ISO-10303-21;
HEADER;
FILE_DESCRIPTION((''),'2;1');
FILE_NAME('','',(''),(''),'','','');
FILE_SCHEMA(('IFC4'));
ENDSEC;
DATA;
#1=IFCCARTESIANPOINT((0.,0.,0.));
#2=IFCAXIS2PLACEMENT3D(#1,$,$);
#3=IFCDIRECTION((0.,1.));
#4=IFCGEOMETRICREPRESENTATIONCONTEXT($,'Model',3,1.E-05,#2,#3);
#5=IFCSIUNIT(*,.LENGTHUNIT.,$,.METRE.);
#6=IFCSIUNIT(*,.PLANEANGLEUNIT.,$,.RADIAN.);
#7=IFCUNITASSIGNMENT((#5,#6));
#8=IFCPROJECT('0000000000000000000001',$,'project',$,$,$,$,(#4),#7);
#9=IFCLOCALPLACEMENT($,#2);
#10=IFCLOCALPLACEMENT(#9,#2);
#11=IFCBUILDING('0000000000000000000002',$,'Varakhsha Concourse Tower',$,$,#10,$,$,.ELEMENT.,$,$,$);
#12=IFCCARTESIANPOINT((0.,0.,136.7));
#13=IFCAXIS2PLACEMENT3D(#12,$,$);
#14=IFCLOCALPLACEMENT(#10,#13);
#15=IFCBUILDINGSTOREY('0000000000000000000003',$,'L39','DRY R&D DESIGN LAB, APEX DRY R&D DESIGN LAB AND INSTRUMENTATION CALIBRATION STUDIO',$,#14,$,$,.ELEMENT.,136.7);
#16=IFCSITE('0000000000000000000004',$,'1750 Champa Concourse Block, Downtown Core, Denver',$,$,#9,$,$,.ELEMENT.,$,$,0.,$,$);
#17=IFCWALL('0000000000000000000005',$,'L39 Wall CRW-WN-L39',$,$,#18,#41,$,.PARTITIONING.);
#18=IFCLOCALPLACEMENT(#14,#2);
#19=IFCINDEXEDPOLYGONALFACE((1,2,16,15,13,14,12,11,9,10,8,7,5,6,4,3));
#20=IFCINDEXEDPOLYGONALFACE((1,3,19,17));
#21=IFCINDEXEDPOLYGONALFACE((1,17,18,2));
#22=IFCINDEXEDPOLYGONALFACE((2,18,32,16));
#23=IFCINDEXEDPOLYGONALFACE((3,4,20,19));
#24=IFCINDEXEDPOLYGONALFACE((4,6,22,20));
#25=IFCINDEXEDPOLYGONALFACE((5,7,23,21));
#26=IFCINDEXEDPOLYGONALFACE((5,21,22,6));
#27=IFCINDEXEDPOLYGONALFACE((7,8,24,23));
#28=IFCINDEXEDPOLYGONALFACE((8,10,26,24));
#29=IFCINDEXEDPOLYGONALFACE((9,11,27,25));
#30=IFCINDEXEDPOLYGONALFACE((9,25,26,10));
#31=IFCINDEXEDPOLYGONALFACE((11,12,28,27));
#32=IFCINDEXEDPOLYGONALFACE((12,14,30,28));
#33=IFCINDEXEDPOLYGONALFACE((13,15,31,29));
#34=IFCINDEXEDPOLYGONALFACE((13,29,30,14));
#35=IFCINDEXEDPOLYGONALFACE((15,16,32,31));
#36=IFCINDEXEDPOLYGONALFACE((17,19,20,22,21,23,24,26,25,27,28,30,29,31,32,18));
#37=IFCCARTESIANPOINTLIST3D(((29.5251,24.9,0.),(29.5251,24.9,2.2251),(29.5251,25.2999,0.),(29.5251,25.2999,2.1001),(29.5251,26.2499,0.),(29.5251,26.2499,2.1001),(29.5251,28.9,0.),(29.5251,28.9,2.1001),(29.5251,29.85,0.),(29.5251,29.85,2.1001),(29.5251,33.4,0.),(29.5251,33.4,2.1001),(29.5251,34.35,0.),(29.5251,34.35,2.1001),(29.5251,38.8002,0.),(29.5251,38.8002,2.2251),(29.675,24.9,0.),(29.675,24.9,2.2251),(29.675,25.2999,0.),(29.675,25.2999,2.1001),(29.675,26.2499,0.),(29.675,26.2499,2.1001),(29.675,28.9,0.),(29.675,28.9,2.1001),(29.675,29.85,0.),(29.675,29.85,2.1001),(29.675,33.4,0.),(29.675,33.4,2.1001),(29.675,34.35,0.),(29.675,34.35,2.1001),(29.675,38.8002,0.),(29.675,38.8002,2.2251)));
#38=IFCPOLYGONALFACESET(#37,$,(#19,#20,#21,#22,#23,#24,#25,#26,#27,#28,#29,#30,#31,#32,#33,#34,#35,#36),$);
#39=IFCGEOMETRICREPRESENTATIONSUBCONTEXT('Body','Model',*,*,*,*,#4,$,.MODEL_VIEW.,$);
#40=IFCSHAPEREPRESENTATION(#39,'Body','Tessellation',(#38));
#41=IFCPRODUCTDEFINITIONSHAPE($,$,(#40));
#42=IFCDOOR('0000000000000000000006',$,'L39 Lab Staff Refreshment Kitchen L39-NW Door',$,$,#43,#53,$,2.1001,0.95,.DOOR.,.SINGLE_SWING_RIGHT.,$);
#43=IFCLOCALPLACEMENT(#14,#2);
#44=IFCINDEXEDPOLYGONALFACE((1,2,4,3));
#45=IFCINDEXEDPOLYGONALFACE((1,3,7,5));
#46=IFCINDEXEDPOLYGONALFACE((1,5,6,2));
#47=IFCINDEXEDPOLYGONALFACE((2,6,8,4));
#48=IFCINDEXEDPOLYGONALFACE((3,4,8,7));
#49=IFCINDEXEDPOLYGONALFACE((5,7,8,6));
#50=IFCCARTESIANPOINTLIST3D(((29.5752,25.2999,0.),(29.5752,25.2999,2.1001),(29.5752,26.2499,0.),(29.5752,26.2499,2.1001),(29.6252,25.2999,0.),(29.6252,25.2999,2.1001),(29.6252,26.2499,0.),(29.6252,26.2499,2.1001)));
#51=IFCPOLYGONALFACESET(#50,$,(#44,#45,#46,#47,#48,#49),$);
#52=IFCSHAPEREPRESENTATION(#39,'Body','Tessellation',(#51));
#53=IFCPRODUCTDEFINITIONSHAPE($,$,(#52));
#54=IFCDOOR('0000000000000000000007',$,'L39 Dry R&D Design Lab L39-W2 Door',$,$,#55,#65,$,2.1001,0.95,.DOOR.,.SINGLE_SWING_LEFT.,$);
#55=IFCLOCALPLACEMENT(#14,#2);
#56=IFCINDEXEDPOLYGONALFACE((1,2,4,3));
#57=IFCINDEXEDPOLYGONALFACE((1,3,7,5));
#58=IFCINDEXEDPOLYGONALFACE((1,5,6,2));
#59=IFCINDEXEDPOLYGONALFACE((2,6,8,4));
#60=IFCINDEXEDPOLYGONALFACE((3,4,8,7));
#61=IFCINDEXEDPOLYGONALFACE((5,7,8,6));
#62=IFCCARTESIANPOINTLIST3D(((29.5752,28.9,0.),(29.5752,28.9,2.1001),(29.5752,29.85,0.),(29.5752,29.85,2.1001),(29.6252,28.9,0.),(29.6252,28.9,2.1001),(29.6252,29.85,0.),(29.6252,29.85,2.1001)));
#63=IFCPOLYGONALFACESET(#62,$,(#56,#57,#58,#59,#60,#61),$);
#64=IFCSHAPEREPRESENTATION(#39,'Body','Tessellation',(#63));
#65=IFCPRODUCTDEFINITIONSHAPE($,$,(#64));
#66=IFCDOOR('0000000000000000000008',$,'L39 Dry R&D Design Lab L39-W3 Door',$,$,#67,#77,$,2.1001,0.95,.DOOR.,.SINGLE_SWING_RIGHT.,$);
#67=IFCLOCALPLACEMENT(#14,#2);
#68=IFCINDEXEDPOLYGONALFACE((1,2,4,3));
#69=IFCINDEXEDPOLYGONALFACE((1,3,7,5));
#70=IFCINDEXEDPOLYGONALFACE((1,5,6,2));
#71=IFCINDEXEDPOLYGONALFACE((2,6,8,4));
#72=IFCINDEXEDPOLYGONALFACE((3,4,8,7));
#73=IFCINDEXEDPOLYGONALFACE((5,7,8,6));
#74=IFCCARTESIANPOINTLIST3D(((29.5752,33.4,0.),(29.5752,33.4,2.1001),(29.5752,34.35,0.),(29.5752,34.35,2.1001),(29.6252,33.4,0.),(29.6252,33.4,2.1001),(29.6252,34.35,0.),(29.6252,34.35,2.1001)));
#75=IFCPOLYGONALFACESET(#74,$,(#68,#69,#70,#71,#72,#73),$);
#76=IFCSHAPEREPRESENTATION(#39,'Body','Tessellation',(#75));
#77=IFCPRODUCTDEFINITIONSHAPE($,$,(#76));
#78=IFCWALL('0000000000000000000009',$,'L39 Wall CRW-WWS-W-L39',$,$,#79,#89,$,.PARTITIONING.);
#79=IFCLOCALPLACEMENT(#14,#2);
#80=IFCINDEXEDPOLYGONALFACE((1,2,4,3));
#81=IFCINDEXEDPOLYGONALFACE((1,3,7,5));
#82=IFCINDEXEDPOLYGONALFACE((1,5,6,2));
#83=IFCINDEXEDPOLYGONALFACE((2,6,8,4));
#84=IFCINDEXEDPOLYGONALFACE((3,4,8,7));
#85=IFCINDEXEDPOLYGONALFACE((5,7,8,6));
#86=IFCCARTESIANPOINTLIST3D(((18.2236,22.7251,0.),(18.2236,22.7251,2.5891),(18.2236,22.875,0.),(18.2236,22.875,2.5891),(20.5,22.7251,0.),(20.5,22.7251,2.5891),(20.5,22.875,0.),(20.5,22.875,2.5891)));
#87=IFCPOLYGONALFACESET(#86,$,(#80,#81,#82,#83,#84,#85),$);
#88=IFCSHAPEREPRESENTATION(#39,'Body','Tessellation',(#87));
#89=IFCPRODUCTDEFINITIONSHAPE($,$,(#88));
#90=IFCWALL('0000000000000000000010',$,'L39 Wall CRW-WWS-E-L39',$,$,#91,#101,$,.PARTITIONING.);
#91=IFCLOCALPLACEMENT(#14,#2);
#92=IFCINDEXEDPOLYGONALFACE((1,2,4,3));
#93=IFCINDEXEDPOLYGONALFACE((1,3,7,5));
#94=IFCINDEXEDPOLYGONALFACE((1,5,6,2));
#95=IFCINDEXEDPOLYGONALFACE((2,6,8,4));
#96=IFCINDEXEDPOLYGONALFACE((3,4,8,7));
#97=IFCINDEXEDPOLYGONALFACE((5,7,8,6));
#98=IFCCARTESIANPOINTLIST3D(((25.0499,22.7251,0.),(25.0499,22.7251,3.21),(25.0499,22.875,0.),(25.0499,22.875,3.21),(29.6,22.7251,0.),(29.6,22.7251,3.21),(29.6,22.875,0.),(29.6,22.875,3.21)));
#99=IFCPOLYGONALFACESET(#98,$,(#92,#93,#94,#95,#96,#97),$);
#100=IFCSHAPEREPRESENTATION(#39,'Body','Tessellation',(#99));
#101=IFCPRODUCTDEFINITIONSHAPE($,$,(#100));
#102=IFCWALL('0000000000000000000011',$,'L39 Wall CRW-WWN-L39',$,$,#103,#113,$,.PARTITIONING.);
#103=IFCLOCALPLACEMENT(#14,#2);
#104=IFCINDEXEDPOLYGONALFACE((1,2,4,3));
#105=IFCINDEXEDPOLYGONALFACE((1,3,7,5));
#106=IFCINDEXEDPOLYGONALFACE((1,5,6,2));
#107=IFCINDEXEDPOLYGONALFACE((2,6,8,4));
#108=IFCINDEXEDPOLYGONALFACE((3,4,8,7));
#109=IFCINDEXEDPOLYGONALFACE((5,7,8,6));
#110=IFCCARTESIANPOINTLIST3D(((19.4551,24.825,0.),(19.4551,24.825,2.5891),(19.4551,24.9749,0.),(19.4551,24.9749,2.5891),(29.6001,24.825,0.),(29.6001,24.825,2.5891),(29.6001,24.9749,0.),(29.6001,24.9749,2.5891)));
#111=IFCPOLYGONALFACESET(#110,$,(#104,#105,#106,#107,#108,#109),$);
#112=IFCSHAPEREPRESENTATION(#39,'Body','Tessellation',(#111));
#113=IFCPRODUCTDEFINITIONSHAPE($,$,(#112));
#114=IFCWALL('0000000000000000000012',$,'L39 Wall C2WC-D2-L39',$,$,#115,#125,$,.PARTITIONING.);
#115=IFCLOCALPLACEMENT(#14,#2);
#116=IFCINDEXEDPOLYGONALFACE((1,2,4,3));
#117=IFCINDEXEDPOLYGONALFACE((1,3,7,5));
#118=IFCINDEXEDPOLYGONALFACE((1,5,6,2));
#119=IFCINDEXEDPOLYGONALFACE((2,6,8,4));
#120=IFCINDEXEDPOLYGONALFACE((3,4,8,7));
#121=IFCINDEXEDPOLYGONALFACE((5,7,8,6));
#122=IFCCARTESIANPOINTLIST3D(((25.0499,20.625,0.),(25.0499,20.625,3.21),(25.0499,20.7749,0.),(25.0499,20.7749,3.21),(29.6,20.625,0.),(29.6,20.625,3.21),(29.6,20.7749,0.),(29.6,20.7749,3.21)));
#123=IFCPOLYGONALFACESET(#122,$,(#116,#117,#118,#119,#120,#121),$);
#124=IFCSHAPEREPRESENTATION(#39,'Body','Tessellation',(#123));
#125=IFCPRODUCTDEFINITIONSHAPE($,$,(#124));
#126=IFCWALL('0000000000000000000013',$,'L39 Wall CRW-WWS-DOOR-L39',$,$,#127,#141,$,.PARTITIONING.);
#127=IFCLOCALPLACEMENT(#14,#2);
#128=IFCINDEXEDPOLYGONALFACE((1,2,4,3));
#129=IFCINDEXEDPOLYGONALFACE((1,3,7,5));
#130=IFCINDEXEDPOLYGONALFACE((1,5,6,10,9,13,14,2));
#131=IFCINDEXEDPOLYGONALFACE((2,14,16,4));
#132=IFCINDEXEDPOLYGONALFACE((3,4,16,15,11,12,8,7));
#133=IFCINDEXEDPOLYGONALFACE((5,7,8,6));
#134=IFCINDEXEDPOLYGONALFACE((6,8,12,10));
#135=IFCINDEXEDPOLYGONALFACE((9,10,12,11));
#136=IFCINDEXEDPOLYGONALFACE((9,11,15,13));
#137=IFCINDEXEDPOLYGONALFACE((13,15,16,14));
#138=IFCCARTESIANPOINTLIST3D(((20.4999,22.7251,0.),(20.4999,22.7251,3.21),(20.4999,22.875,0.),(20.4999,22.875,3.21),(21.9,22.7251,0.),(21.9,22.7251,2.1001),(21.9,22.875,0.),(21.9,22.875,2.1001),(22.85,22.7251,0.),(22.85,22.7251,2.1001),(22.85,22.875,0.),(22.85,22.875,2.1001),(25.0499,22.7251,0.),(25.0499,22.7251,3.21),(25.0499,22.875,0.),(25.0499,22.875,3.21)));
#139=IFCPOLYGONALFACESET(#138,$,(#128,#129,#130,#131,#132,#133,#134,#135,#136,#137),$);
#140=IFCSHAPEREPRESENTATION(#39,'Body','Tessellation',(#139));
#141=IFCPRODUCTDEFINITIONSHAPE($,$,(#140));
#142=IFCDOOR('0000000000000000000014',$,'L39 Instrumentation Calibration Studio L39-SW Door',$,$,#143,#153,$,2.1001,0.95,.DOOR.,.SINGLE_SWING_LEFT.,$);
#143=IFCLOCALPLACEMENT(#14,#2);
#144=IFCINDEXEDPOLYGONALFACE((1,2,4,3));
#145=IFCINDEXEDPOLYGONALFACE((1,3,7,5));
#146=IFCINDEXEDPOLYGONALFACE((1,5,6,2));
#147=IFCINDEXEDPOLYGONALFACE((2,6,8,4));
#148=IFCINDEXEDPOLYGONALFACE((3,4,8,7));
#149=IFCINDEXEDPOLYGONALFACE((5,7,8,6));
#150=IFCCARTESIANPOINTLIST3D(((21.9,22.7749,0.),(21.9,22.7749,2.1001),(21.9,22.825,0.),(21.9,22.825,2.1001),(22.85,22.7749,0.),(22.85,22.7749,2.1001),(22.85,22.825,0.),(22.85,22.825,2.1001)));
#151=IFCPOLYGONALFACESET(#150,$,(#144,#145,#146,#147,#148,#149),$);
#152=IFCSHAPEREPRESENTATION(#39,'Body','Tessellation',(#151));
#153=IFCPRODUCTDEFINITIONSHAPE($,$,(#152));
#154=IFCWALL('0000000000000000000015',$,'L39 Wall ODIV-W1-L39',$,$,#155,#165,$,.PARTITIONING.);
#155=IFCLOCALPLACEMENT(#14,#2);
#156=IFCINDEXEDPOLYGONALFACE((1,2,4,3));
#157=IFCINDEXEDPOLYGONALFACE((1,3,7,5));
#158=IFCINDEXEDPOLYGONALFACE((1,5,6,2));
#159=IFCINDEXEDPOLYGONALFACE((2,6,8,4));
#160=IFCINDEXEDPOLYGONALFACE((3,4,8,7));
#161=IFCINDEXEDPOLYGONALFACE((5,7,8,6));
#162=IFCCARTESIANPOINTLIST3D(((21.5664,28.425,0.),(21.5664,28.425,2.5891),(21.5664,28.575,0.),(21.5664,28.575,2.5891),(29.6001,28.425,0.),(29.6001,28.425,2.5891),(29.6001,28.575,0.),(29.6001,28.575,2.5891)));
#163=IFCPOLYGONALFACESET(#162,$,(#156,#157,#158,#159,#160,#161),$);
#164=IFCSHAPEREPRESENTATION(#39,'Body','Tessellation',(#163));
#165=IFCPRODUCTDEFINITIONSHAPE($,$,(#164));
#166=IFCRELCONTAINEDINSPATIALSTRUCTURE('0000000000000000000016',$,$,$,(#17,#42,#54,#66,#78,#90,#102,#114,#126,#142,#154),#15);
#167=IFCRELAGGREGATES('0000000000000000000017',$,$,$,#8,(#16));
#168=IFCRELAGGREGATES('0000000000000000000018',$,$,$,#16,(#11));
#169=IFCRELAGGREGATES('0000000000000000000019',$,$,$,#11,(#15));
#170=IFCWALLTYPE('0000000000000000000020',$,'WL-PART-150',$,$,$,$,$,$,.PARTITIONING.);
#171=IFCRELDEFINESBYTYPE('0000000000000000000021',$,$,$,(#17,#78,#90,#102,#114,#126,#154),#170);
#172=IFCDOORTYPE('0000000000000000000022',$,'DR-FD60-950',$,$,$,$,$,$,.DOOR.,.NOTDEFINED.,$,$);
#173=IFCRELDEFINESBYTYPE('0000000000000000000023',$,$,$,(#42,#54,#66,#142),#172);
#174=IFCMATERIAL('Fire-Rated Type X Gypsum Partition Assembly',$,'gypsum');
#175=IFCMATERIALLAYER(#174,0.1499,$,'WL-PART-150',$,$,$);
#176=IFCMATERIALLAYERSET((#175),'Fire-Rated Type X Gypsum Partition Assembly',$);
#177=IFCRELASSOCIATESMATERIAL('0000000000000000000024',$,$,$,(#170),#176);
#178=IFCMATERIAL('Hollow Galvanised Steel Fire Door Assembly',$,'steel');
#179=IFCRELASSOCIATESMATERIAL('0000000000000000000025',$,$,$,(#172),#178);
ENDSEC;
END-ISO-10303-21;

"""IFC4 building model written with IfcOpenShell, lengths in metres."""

from ifc_helpers import new_model, si_unit, direction, frame, frame_2d, origin, place, context, subcontext, project, spatial, rectangle, extrude, material, layer, layer_set, type_object, element, fill, save


model = new_model("IFC4")

# Units and contexts
model_context = context("Model", 3, precision=1e-05, world=origin(), true_north=direction((0.0, 1.0)))
body_context = subcontext(model_context, "Body", "Model", "MODEL_VIEW")
ifc_project = project(units=[si_unit("LENGTHUNIT", "METRE"), si_unit("PLANEANGLEUNIT", "RADIAN")], contexts=[model_context])

# Site, building, storey
site_placement = place(None, origin())
site = spatial("IfcSite", under=ifc_project, at=site_placement, Name="1750 Champa Concourse Block, Downtown Core, Denver", CompositionType="ELEMENT", RefElevation=0.0)
building_placement = place(site_placement, origin())
building = spatial("IfcBuilding", under=site, at=building_placement, Name="Varakhsha Concourse Tower", CompositionType="ELEMENT")
storey_placement = place(building_placement, frame((0.0, 0.0, 136.7)))
storey = spatial("IfcBuildingStorey", under=building, at=storey_placement, Name="L39", Description="DRY R&D DESIGN LAB, APEX DRY R&D DESIGN LAB AND INSTRUMENTATION CALIBRATION STUDIO", CompositionType="ELEMENT", Elevation=136.7)

# Wall, openings, doors
ifc_material_1 = material(Name="Fire-Rated Type X Gypsum Partition Assembly", Category="gypsum")
ifc_layer_1 = layer(ifc_material_1, 0.1499, Name="WL-PART-150")
ifc_layer_set_1 = layer_set([ifc_layer_1], Name="Fire-Rated Type X Gypsum Partition Assembly")
wall_type_1 = type_object("IfcWallType", Name="WL-PART-150", PredefinedType="PARTITIONING", material=ifc_layer_set_1)
wall_1_placement = place(storey_placement, frame((29.6001, 24.8999, 0.0), z_axis=(0.0, 0.0, 1.0), x_axis=(0.0, 1.0, 0.0)))
wall_1 = element("IfcWall", 1, at=wall_1_placement, inside=storey, type_object=wall_type_1, Name="L39 Wall CRW-WN-L39", PredefinedType="PARTITIONING", context=body_context, shape_type="SweptSolid", body=[
    extrude(rectangle(XDim=13.9001, YDim=0.1499, at=frame_2d((6.9502, 0.0))), origin(), (0.0, 0.0, 1.0), 2.2251),
])
opening_1_placement = place(wall_1_placement, frame((0.3999, 0.0, 0.0)))
opening_1 = element("IfcOpeningElement", 2, at=opening_1_placement, cuts=wall_1, PredefinedType="OPENING", context=body_context, shape_type="SweptSolid", body=[
    extrude(rectangle(XDim=0.95, YDim=2.1001, at=frame_2d((0.4751, 1.05))), frame((0.0, 0.085, 0.0), z_axis=(0.0, -1.0, 0.0), x_axis=(1.0, 0.0, 0.0)), (0.0, 0.0, 1.0), 0.1699),
])
opening_2_placement = place(wall_1_placement, frame((4.0, 0.0, 0.0)))
opening_2 = element("IfcOpeningElement", 3, at=opening_2_placement, cuts=wall_1, PredefinedType="OPENING", context=body_context, shape_type="SweptSolid", body=[
    extrude(rectangle(XDim=0.95, YDim=2.1001, at=frame_2d((0.4751, 1.05))), frame((0.0, 0.085, 0.0), z_axis=(0.0, -1.0, 0.0), x_axis=(1.0, 0.0, 0.0)), (0.0, 0.0, 1.0), 0.1699),
])
opening_3_placement = place(wall_1_placement, frame((8.5, 0.0, 0.0)))
opening_3 = element("IfcOpeningElement", 4, at=opening_3_placement, cuts=wall_1, PredefinedType="OPENING", context=body_context, shape_type="SweptSolid", body=[
    extrude(rectangle(XDim=0.95, YDim=2.1001, at=frame_2d((0.4751, 1.05))), frame((0.0, 0.085, 0.0), z_axis=(0.0, -1.0, 0.0), x_axis=(1.0, 0.0, 0.0)), (0.0, 0.0, 1.0), 0.1699),
])
ifc_material_2 = material(Name="Hollow Galvanised Steel Fire Door Assembly", Category="steel")
door_type_1 = type_object("IfcDoorType", Name="DR-FD60-950", OperationType="NOTDEFINED", PredefinedType="DOOR", material=ifc_material_2)
door_1_placement = place(opening_1_placement, origin())
door_1 = element("IfcDoor", 5, at=door_1_placement, inside=storey, type_object=door_type_1, Name="L39 Lab Staff Refreshment Kitchen L39-NW Door", OperationType="SINGLE_SWING_RIGHT", OverallHeight=2.1001, OverallWidth=0.95, PredefinedType="DOOR", context=body_context, shape_type="SweptSolid", body=[
    extrude(rectangle(XDim=0.95, YDim=2.1001, at=frame_2d((0.4751, 1.05))), frame((0.0, 0.0249, 0.0), z_axis=(0.0, -1.0, 0.0), x_axis=(1.0, 0.0, 0.0)), (0.0, 0.0, 1.0), 0.05),
])
fill(opening_1, door_1)
door_2_placement = place(opening_2_placement, origin())
door_2 = element("IfcDoor", 6, at=door_2_placement, inside=storey, type_object=door_type_1, Name="L39 Dry R&D Design Lab L39-W2 Door", OperationType="SINGLE_SWING_LEFT", OverallHeight=2.1001, OverallWidth=0.95, PredefinedType="DOOR", context=body_context, shape_type="SweptSolid", body=[
    extrude(rectangle(XDim=0.95, YDim=2.1001, at=frame_2d((0.4751, 1.05))), frame((0.0, 0.0249, 0.0), z_axis=(0.0, -1.0, 0.0), x_axis=(1.0, 0.0, 0.0)), (0.0, 0.0, 1.0), 0.05),
])
fill(opening_2, door_2)
door_3_placement = place(opening_3_placement, origin())
door_3 = element("IfcDoor", 7, at=door_3_placement, inside=storey, type_object=door_type_1, Name="L39 Dry R&D Design Lab L39-W3 Door", OperationType="SINGLE_SWING_RIGHT", OverallHeight=2.1001, OverallWidth=0.95, PredefinedType="DOOR", context=body_context, shape_type="SweptSolid", body=[
    extrude(rectangle(XDim=0.95, YDim=2.1001, at=frame_2d((0.4751, 1.05))), frame((0.0, 0.0249, 0.0), z_axis=(0.0, -1.0, 0.0), x_axis=(1.0, 0.0, 0.0)), (0.0, 0.0, 1.0), 0.05),
])
fill(opening_3, door_3)

# Walls
wall_2_placement = place(storey_placement, frame((18.2236, 22.8, 0.0), z_axis=(0.0, 0.0, 1.0), x_axis=(1.0, 0.0, 0.0)))
element("IfcWall", 8, at=wall_2_placement, inside=storey, type_object=wall_type_1, Name="L39 Wall CRW-WWS-W-L39", PredefinedType="PARTITIONING", context=body_context, shape_type="SweptSolid", body=[
    extrude(rectangle(XDim=2.2764, YDim=0.1499, at=frame_2d((1.1382, 0.0))), origin(), (0.0, 0.0, 1.0), 2.5891),
])
wall_3_placement = place(storey_placement, frame((25.05, 22.8, 0.0), z_axis=(0.0, 0.0, 1.0), x_axis=(1.0, 0.0, 0.0)))
element("IfcWall", 9, at=wall_3_placement, inside=storey, type_object=wall_type_1, Name="L39 Wall CRW-WWS-E-L39", PredefinedType="PARTITIONING", context=body_context, shape_type="SweptSolid", body=[
    extrude(rectangle(XDim=4.55, YDim=0.1499, at=frame_2d((2.2749, 0.0))), origin(), (0.0, 0.0, 1.0), 3.21),
])
wall_4_placement = place(storey_placement, frame((19.4551, 24.8999, 0.0), z_axis=(0.0, 0.0, 1.0), x_axis=(1.0, 0.0, 0.0)))
element("IfcWall", 10, at=wall_4_placement, inside=storey, type_object=wall_type_1, Name="L39 Wall CRW-WWN-L39", PredefinedType="PARTITIONING", context=body_context, shape_type="SweptSolid", body=[
    extrude(rectangle(XDim=10.145, YDim=0.1499, at=frame_2d((5.0725, 0.0))), origin(), (0.0, 0.0, 1.0), 2.5891),
])
wall_5_placement = place(storey_placement, frame((25.05, 20.7, 0.0), z_axis=(0.0, 0.0, 1.0), x_axis=(1.0, 0.0, 0.0)))
element("IfcWall", 11, at=wall_5_placement, inside=storey, type_object=wall_type_1, Name="L39 Wall C2WC-D2-L39", PredefinedType="PARTITIONING", context=body_context, shape_type="SweptSolid", body=[
    extrude(rectangle(XDim=4.55, YDim=0.1499, at=frame_2d((2.2749, 0.0))), origin(), (0.0, 0.0, 1.0), 3.21),
])

# Wall, opening, door
wall_6_placement = place(storey_placement, frame((20.5, 22.8, 0.0), z_axis=(0.0, 0.0, 1.0), x_axis=(1.0, 0.0, 0.0)))
wall_6 = element("IfcWall", 12, at=wall_6_placement, inside=storey, type_object=wall_type_1, Name="L39 Wall CRW-WWS-DOOR-L39", PredefinedType="PARTITIONING", context=body_context, shape_type="SweptSolid", body=[
    extrude(rectangle(XDim=4.55, YDim=0.1499, at=frame_2d((2.2749, 0.0))), origin(), (0.0, 0.0, 1.0), 3.21),
])
opening_4_placement = place(wall_6_placement, frame((1.3999, 0.0, 0.0)))
opening_4 = element("IfcOpeningElement", 13, at=opening_4_placement, cuts=wall_6, PredefinedType="OPENING", context=body_context, shape_type="SweptSolid", body=[
    extrude(rectangle(XDim=0.95, YDim=2.1001, at=frame_2d((0.4751, 1.05))), frame((0.0, 0.085, 0.0), z_axis=(0.0, -1.0, 0.0), x_axis=(1.0, 0.0, 0.0)), (0.0, 0.0, 1.0), 0.1699),
])
door_4_placement = place(opening_4_placement, origin())
door_4 = element("IfcDoor", 14, at=door_4_placement, inside=storey, type_object=door_type_1, Name="L39 Instrumentation Calibration Studio L39-SW Door", OperationType="SINGLE_SWING_LEFT", OverallHeight=2.1001, OverallWidth=0.95, PredefinedType="DOOR", context=body_context, shape_type="SweptSolid", body=[
    extrude(rectangle(XDim=0.95, YDim=2.1001, at=frame_2d((0.4751, 1.05))), frame((0.0, 0.0249, 0.0), z_axis=(0.0, -1.0, 0.0), x_axis=(1.0, 0.0, 0.0)), (0.0, 0.0, 1.0), 0.05),
])
fill(opening_4, door_4)

# Wall
wall_7_placement = place(storey_placement, frame((21.5664, 28.5, 0.0), z_axis=(0.0, 0.0, 1.0), x_axis=(1.0, 0.0, 0.0)))
element("IfcWall", 15, at=wall_7_placement, inside=storey, type_object=wall_type_1, Name="L39 Wall ODIV-W1-L39", PredefinedType="PARTITIONING", context=body_context, shape_type="SweptSolid", body=[
    extrude(rectangle(XDim=8.0337, YDim=0.1499, at=frame_2d((4.0168, 0.0))), origin(), (0.0, 0.0, 1.0), 2.5891),
])

save(model, "model.ifc")
